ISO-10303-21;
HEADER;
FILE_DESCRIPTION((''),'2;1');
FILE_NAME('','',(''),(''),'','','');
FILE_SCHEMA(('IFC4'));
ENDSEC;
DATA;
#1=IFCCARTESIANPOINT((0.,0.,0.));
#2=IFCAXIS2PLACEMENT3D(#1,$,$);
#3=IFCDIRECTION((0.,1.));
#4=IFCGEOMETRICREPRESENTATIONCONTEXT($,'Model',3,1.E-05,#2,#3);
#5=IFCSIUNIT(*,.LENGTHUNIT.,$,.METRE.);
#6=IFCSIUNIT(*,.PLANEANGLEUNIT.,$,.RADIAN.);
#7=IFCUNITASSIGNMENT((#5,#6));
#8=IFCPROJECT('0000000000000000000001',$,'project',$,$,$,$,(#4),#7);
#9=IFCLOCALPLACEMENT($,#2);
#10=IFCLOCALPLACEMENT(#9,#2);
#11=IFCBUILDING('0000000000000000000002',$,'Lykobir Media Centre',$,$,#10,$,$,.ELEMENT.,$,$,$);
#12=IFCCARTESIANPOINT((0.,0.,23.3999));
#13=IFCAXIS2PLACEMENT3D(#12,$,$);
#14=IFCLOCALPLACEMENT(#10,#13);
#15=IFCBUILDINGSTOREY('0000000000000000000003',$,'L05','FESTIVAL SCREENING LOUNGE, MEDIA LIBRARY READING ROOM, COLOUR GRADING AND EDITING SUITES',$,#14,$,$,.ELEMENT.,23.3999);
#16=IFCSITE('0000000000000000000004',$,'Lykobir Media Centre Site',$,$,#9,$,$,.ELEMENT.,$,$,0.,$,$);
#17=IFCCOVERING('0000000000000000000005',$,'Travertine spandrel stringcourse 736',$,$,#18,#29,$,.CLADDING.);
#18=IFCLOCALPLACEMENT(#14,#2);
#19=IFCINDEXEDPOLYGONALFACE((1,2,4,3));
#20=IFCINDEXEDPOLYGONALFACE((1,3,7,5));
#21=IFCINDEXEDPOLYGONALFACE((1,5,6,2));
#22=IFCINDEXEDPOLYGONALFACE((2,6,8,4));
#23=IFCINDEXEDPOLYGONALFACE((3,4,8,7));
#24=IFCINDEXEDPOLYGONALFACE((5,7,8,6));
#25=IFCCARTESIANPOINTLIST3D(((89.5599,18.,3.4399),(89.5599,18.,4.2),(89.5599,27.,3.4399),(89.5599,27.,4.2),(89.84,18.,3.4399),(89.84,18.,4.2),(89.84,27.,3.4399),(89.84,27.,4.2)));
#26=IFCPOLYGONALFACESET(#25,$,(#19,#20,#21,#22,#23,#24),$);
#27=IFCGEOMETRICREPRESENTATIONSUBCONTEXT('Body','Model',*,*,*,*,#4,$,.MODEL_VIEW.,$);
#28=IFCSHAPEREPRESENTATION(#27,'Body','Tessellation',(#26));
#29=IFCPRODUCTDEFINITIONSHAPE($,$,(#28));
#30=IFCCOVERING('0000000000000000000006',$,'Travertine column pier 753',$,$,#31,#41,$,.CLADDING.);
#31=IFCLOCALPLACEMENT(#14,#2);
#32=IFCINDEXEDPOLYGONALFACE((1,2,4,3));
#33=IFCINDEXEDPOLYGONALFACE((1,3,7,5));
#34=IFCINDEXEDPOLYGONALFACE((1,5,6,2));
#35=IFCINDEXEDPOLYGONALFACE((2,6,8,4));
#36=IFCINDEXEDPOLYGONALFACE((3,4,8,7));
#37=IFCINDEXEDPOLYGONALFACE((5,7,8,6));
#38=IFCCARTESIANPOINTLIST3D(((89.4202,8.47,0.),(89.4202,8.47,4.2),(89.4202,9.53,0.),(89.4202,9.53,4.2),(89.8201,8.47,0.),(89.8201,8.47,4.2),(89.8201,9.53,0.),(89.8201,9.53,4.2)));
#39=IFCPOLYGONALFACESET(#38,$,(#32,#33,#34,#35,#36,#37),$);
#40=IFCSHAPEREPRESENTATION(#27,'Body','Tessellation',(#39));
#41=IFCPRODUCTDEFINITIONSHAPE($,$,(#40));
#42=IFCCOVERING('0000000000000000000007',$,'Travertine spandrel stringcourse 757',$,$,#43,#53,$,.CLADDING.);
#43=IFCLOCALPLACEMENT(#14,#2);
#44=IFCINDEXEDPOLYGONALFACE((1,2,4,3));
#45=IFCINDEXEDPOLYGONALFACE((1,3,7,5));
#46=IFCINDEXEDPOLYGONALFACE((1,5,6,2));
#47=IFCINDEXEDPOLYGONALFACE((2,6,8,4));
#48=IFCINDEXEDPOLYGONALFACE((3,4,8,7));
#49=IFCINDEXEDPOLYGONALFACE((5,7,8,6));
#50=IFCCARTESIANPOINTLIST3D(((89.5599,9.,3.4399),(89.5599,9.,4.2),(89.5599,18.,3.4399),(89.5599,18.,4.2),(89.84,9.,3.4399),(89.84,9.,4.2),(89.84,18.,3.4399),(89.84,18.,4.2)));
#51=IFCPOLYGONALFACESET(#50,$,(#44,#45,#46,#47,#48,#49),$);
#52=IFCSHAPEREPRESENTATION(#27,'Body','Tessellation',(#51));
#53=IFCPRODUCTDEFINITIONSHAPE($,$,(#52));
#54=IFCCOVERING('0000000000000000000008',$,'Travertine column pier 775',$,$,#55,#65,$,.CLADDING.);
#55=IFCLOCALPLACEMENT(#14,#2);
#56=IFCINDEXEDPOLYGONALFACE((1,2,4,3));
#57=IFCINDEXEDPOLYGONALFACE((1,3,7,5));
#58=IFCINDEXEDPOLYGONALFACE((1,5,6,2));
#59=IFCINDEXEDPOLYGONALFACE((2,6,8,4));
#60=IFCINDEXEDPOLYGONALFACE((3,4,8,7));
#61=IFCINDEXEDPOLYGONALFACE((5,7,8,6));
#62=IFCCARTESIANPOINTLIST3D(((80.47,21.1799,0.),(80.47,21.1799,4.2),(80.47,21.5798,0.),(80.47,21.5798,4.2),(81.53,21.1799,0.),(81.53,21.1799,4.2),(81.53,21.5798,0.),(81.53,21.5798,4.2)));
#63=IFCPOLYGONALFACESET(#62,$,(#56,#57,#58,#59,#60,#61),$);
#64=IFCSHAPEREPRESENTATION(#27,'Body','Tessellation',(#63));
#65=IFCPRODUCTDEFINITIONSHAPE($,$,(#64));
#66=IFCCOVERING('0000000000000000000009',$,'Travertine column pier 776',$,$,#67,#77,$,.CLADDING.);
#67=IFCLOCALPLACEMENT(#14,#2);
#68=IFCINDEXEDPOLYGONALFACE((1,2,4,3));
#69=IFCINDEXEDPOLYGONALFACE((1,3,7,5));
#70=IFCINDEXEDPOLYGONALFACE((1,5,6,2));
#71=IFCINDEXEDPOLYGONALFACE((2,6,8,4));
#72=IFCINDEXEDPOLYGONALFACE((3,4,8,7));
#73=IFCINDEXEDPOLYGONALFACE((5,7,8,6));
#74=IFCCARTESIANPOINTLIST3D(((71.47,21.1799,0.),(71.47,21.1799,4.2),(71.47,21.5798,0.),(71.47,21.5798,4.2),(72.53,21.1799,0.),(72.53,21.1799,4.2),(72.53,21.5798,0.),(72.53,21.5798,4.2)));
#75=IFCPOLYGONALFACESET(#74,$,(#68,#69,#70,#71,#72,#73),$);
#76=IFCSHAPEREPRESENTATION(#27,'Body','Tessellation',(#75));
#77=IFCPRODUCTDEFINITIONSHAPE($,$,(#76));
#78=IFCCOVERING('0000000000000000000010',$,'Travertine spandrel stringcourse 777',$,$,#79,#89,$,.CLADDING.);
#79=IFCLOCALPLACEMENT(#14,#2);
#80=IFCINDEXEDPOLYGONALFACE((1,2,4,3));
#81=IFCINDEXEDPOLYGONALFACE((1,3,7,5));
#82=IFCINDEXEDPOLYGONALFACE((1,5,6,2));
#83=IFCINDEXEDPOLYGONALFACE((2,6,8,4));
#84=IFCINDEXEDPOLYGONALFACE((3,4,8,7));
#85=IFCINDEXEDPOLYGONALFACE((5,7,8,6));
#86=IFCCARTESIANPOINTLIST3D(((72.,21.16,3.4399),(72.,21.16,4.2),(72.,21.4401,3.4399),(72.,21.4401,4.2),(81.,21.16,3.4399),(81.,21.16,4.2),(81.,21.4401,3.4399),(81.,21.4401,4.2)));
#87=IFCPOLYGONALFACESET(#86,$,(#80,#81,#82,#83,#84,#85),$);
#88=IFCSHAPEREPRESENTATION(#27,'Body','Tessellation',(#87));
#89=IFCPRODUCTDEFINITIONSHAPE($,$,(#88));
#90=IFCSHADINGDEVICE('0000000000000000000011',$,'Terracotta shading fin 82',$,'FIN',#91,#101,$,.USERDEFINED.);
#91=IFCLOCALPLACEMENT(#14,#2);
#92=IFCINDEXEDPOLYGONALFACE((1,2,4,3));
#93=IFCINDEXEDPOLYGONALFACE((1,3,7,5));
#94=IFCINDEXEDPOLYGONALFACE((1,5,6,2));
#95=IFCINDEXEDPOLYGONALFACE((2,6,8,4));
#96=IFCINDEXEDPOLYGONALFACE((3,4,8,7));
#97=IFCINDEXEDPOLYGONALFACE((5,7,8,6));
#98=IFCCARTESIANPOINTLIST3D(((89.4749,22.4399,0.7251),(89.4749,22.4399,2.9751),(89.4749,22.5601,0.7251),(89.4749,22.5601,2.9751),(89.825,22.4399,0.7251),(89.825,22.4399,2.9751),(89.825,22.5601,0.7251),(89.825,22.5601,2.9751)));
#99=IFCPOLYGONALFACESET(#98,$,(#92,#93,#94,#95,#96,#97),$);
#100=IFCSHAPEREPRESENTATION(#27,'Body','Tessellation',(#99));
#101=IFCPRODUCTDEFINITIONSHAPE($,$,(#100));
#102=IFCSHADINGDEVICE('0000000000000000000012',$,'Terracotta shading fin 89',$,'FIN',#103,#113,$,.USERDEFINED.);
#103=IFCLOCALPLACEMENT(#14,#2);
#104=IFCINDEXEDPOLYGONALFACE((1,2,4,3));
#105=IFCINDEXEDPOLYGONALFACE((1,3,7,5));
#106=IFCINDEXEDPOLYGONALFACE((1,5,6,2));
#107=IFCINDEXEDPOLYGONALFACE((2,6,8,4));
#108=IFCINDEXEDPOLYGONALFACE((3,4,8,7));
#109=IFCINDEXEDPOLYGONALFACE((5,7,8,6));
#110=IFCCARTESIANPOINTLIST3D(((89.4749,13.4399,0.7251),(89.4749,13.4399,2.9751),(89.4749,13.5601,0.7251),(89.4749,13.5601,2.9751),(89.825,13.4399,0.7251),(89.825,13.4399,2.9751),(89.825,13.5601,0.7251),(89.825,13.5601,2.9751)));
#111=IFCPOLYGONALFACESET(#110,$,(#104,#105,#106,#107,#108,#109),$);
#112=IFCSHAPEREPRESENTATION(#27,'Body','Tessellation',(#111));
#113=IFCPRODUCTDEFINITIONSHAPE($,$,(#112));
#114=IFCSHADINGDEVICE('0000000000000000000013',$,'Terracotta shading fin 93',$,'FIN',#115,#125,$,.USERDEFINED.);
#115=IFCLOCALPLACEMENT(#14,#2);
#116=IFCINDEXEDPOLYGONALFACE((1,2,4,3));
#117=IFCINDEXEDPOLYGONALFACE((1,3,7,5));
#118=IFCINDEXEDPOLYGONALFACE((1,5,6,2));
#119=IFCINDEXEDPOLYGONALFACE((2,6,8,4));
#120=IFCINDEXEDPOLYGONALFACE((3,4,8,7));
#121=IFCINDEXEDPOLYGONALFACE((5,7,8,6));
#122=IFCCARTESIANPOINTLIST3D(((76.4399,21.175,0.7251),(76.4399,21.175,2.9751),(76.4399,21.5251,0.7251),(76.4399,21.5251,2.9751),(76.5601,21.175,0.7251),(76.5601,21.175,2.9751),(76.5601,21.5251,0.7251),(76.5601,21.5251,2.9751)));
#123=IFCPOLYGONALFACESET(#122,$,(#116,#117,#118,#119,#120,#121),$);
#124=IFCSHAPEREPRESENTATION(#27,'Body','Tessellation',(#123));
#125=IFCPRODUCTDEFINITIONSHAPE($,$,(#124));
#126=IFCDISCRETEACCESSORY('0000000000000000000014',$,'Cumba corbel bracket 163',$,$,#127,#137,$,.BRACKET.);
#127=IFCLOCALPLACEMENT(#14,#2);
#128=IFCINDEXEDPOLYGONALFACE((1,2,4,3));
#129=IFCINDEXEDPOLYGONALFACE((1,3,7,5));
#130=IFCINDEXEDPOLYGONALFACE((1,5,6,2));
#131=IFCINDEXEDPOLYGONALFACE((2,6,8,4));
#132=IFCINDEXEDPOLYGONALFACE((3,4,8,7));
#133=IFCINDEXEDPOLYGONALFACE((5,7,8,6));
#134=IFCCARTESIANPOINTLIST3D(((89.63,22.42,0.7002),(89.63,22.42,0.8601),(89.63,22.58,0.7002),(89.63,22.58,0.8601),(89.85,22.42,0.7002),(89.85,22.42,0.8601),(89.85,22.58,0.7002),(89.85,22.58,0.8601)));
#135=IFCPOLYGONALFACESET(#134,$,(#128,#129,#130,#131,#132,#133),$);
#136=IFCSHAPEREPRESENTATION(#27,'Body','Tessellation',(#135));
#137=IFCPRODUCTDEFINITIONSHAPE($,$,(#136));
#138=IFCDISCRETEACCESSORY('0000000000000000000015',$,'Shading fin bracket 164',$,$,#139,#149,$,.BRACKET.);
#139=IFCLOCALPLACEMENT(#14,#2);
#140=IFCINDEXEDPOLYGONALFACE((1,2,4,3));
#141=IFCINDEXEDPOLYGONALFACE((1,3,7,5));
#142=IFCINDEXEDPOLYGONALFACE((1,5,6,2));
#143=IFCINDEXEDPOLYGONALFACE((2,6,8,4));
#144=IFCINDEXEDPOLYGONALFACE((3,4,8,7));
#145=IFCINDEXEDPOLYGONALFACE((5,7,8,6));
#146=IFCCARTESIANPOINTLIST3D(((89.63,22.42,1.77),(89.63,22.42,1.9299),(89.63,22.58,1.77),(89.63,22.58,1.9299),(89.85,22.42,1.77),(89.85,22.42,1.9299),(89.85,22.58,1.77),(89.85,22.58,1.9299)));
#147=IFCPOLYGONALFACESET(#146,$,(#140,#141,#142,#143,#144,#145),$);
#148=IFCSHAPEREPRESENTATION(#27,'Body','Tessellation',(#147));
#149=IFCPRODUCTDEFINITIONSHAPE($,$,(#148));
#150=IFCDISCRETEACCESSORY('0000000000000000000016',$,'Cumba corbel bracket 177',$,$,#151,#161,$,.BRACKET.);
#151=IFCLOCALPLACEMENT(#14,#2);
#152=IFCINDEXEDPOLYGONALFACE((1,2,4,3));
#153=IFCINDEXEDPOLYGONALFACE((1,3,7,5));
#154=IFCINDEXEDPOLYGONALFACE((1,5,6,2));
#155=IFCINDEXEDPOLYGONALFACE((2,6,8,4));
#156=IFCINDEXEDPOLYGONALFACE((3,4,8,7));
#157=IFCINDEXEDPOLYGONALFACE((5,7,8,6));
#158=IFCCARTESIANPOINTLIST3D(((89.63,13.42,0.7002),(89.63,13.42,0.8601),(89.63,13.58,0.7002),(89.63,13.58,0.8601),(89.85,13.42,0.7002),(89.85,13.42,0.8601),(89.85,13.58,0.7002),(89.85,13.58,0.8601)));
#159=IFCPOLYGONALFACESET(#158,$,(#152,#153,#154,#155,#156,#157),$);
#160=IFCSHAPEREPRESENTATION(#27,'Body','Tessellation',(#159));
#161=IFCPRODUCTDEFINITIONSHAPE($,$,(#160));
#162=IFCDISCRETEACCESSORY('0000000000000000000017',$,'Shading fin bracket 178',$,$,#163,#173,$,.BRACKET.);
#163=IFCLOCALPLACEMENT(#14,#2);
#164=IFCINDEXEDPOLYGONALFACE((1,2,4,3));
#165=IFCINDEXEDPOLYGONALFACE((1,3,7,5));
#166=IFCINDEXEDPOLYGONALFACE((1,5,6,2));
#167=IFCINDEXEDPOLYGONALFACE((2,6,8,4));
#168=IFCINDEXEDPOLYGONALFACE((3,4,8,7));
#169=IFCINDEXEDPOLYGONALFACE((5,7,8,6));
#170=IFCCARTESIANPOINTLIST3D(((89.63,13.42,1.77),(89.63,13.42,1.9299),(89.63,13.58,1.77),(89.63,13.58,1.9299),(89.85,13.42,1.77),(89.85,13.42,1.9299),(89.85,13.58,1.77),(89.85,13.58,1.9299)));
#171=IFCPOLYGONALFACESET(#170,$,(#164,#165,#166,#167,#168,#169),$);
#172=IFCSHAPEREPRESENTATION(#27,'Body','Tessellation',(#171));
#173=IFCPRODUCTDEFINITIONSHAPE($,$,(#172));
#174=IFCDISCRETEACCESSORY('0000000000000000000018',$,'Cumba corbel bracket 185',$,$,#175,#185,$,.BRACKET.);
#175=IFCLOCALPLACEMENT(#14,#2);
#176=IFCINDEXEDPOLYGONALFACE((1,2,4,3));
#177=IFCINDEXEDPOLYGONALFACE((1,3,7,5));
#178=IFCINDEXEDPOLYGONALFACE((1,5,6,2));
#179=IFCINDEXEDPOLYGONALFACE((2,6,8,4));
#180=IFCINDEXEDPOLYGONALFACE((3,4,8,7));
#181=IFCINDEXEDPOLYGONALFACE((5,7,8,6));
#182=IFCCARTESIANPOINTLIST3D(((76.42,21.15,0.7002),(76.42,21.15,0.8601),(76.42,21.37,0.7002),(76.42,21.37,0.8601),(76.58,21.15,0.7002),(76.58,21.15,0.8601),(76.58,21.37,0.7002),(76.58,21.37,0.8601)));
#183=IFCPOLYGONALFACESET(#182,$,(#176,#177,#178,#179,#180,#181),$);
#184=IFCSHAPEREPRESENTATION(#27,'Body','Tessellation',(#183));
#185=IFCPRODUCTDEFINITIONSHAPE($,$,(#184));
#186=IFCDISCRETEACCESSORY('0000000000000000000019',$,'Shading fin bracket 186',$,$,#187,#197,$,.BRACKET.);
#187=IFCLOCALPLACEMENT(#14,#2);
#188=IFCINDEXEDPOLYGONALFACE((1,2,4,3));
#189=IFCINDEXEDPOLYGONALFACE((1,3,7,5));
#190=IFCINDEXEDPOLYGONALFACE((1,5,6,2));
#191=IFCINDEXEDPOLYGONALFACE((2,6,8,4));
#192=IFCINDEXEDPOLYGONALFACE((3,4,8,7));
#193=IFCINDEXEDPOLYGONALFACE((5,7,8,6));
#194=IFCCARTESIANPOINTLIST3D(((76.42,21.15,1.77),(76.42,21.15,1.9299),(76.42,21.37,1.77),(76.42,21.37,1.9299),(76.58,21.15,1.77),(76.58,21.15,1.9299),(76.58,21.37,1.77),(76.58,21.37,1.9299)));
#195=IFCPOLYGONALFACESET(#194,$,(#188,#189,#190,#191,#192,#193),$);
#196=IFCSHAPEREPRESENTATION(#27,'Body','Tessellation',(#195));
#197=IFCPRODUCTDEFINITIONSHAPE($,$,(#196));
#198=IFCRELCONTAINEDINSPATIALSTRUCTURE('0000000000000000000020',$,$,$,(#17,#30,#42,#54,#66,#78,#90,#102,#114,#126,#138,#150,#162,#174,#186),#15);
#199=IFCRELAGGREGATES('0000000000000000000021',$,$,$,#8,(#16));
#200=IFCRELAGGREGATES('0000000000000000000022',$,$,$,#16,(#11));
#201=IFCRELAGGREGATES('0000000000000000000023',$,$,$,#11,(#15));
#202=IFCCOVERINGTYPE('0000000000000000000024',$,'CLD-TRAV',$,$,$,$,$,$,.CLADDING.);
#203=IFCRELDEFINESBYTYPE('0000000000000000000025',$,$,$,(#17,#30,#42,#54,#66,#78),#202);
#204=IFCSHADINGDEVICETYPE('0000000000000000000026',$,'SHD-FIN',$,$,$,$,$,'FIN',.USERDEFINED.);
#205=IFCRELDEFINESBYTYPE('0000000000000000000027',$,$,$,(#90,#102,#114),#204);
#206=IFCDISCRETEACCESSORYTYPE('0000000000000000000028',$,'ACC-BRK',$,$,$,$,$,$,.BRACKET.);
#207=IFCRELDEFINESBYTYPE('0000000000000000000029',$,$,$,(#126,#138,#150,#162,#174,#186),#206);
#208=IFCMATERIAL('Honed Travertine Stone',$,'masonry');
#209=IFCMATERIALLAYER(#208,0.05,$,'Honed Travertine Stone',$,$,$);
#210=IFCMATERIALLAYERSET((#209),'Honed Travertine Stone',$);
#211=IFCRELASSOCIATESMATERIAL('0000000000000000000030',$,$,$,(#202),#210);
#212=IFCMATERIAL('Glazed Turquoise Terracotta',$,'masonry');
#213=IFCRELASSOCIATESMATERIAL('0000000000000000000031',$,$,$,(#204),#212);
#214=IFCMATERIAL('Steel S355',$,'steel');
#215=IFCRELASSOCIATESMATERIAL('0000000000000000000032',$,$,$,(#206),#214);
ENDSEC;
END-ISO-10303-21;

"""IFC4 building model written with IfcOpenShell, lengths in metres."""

from ifc_helpers import new_model, si_unit, direction, frame, origin, origin_2d, place, context, subcontext, project, spatial, rectangle, extrude, material, layer, layer_set, type_object, element, save


model = new_model("IFC4")

# Units and contexts
model_context = context("Model", 3, precision=1e-05, world=origin(), true_north=direction((0.0, 1.0)))
body_context = subcontext(model_context, "Body", "Model", "MODEL_VIEW")
ifc_project = project(units=[si_unit("LENGTHUNIT", "METRE"), si_unit("PLANEANGLEUNIT", "RADIAN")], contexts=[model_context])

# Site, building, storey
site_placement = place(None, origin())
site = spatial("IfcSite", under=ifc_project, at=site_placement, Name="Lykobir Media Centre Site", CompositionType="ELEMENT", RefElevation=0.0)
building_placement = place(site_placement, origin())
building = spatial("IfcBuilding", under=site, at=building_placement, Name="Lykobir Media Centre", CompositionType="ELEMENT")
storey_placement = place(building_placement, frame((0.0, 0.0, 23.3999)))
storey = spatial("IfcBuildingStorey", under=building, at=storey_placement, Name="L05", Description="FESTIVAL SCREENING LOUNGE, MEDIA LIBRARY READING ROOM, COLOUR GRADING AND EDITING SUITES", CompositionType="ELEMENT", Elevation=23.3999)

# Coverings
ifc_material_1 = material(Name="Glazed Turquoise Terracotta", Category="masonry")
ifc_material_2 = material(Name="Honed Travertine Stone", Category="masonry")
ifc_layer_1 = layer(ifc_material_2, 0.05, Name="Honed Travertine Stone")
ifc_layer_set_1 = layer_set([ifc_layer_1], Name="Honed Travertine Stone")
covering_type_1 = type_object("IfcCoveringType", Name="CLD-TRAV", PredefinedType="CLADDING", material=ifc_layer_set_1)
covering_1_placement = place(storey_placement, frame((89.7, 22.5, 3.4399), z_axis=(0.0, 0.0, 1.0), x_axis=(0.0, -1.0, 0.0)))
element("IfcCovering", 1, at=covering_1_placement, inside=storey, type_object=covering_type_1, Name="Travertine spandrel stringcourse 736", PredefinedType="CLADDING", context=body_context, shape_type="SweptSolid", body=[
    extrude(rectangle(XDim=9.0, YDim=0.28, at=origin_2d()), origin(), (0.0, 0.0, 1.0), 0.76),
])
covering_2_placement = place(storey_placement, frame((89.6201, 9.0, 0.0), z_axis=(0.0, 0.0, 1.0), x_axis=(0.0, -1.0, 0.0)))
element("IfcCovering", 2, at=covering_2_placement, inside=storey, type_object=covering_type_1, Name="Travertine column pier 753", PredefinedType="CLADDING", context=body_context, shape_type="SweptSolid", body=[
    extrude(rectangle(XDim=1.0601, YDim=0.3999, at=origin_2d()), origin(), (0.0, 0.0, 1.0), 4.2),
])
covering_3_placement = place(storey_placement, frame((89.7, 13.5, 3.4399), z_axis=(0.0, 0.0, 1.0), x_axis=(0.0, -1.0, 0.0)))
element("IfcCovering", 3, at=covering_3_placement, inside=storey, type_object=covering_type_1, Name="Travertine spandrel stringcourse 757", PredefinedType="CLADDING", context=body_context, shape_type="SweptSolid", body=[
    extrude(rectangle(XDim=9.0, YDim=0.28, at=origin_2d()), origin(), (0.0, 0.0, 1.0), 0.76),
])
for number, where, z_axis, x_axis, name in (
    (4, (81.0, 21.3799, 0.0), (0.0, 0.0, 1.0), (-1.0, 0.0, 0.0), "Travertine column pier 775"),
    (5, (72.0, 21.3799, 0.0), (0.0, 0.0, 1.0), (-1.0, 0.0, 0.0), "Travertine column pier 776"),
):
    element("IfcCovering", number, at=place(storey_placement, frame(where, z_axis=z_axis, x_axis=x_axis)), inside=storey, type_object=covering_type_1, Name=name, PredefinedType="CLADDING", context=body_context, shape_type="SweptSolid", body=[
        extrude(rectangle(XDim=1.0601, YDim=0.3999, at=origin_2d()), origin(), (0.0, 0.0, 1.0), 4.2),
    ])
covering_4_placement = place(storey_placement, frame((76.5, 21.3, 3.4399), z_axis=(0.0, 0.0, 1.0), x_axis=(-1.0, 0.0, 0.0)))
element("IfcCovering", 6, at=covering_4_placement, inside=storey, type_object=covering_type_1, Name="Travertine spandrel stringcourse 777", PredefinedType="CLADDING", context=body_context, shape_type="SweptSolid", body=[
    extrude(rectangle(XDim=9.0, YDim=0.28, at=origin_2d()), origin(), (0.0, 0.0, 1.0), 0.76),
])

# Shading devices
shading_device_type = type_object("IfcShadingDeviceType", Name="SHD-FIN", ElementType="FIN", PredefinedType="USERDEFINED", material=ifc_material_1)
for number, where, z_axis, x_axis, name in (
    (7, (89.6499, 22.5, 0.7251), (0.0, 0.0, 1.0), (0.0, -1.0, 0.0), "Terracotta shading fin 82"),
    (8, (89.6499, 13.5, 0.7251), (0.0, 0.0, 1.0), (0.0, -1.0, 0.0), "Terracotta shading fin 89"),
    (9, (76.5, 21.3501, 0.7251), (0.0, 0.0, 1.0), (-1.0, 0.0, 0.0), "Terracotta shading fin 93"),
):
    element("IfcShadingDevice", number, at=place(storey_placement, frame(where, z_axis=z_axis, x_axis=x_axis)), inside=storey, type_object=shading_device_type, Name=name, ObjectType="FIN", PredefinedType="USERDEFINED", context=body_context, shape_type="SweptSolid", body=[
        extrude(rectangle(XDim=0.1201, YDim=0.3501, at=origin_2d()), origin(), (0.0, 0.0, 1.0), 2.25),
    ])

# Discrete accessories
ifc_material_3 = material(Name="Steel S355", Category="steel")
discrete_accessory_type = type_object("IfcDiscreteAccessoryType", Name="ACC-BRK", PredefinedType="BRACKET", material=ifc_material_3)
for number, where, z_axis, x_axis, name in (
    (10, (89.74, 22.5, 0.7002), (0.0, 0.0, 1.0), (0.0, -1.0, 0.0), "Cumba corbel bracket 163"),
    (11, (89.74, 22.5, 1.77), (0.0, 0.0, 1.0), (0.0, -1.0, 0.0), "Shading fin bracket 164"),
    (12, (89.74, 13.5, 0.7002), (0.0, 0.0, 1.0), (0.0, -1.0, 0.0), "Cumba corbel bracket 177"),
    (13, (89.74, 13.5, 1.77), (0.0, 0.0, 1.0), (0.0, -1.0, 0.0), "Shading fin bracket 178"),
    (14, (76.5, 21.26, 0.7002), (0.0, 0.0, 1.0), (-1.0, 0.0, 0.0), "Cumba corbel bracket 185"),
    (15, (76.5, 21.26, 1.77), (0.0, 0.0, 1.0), (-1.0, 0.0, 0.0), "Shading fin bracket 186"),
):
    element("IfcDiscreteAccessory", number, at=place(storey_placement, frame(where, z_axis=z_axis, x_axis=x_axis)), inside=storey, type_object=discrete_accessory_type, Name=name, PredefinedType="BRACKET", context=body_context, shape_type="SweptSolid", body=[
        extrude(rectangle(XDim=0.1599, YDim=0.22, at=origin_2d()), origin(), (0.0, 0.0, 1.0), 0.1599),
    ])

save(model, "model.ifc")
